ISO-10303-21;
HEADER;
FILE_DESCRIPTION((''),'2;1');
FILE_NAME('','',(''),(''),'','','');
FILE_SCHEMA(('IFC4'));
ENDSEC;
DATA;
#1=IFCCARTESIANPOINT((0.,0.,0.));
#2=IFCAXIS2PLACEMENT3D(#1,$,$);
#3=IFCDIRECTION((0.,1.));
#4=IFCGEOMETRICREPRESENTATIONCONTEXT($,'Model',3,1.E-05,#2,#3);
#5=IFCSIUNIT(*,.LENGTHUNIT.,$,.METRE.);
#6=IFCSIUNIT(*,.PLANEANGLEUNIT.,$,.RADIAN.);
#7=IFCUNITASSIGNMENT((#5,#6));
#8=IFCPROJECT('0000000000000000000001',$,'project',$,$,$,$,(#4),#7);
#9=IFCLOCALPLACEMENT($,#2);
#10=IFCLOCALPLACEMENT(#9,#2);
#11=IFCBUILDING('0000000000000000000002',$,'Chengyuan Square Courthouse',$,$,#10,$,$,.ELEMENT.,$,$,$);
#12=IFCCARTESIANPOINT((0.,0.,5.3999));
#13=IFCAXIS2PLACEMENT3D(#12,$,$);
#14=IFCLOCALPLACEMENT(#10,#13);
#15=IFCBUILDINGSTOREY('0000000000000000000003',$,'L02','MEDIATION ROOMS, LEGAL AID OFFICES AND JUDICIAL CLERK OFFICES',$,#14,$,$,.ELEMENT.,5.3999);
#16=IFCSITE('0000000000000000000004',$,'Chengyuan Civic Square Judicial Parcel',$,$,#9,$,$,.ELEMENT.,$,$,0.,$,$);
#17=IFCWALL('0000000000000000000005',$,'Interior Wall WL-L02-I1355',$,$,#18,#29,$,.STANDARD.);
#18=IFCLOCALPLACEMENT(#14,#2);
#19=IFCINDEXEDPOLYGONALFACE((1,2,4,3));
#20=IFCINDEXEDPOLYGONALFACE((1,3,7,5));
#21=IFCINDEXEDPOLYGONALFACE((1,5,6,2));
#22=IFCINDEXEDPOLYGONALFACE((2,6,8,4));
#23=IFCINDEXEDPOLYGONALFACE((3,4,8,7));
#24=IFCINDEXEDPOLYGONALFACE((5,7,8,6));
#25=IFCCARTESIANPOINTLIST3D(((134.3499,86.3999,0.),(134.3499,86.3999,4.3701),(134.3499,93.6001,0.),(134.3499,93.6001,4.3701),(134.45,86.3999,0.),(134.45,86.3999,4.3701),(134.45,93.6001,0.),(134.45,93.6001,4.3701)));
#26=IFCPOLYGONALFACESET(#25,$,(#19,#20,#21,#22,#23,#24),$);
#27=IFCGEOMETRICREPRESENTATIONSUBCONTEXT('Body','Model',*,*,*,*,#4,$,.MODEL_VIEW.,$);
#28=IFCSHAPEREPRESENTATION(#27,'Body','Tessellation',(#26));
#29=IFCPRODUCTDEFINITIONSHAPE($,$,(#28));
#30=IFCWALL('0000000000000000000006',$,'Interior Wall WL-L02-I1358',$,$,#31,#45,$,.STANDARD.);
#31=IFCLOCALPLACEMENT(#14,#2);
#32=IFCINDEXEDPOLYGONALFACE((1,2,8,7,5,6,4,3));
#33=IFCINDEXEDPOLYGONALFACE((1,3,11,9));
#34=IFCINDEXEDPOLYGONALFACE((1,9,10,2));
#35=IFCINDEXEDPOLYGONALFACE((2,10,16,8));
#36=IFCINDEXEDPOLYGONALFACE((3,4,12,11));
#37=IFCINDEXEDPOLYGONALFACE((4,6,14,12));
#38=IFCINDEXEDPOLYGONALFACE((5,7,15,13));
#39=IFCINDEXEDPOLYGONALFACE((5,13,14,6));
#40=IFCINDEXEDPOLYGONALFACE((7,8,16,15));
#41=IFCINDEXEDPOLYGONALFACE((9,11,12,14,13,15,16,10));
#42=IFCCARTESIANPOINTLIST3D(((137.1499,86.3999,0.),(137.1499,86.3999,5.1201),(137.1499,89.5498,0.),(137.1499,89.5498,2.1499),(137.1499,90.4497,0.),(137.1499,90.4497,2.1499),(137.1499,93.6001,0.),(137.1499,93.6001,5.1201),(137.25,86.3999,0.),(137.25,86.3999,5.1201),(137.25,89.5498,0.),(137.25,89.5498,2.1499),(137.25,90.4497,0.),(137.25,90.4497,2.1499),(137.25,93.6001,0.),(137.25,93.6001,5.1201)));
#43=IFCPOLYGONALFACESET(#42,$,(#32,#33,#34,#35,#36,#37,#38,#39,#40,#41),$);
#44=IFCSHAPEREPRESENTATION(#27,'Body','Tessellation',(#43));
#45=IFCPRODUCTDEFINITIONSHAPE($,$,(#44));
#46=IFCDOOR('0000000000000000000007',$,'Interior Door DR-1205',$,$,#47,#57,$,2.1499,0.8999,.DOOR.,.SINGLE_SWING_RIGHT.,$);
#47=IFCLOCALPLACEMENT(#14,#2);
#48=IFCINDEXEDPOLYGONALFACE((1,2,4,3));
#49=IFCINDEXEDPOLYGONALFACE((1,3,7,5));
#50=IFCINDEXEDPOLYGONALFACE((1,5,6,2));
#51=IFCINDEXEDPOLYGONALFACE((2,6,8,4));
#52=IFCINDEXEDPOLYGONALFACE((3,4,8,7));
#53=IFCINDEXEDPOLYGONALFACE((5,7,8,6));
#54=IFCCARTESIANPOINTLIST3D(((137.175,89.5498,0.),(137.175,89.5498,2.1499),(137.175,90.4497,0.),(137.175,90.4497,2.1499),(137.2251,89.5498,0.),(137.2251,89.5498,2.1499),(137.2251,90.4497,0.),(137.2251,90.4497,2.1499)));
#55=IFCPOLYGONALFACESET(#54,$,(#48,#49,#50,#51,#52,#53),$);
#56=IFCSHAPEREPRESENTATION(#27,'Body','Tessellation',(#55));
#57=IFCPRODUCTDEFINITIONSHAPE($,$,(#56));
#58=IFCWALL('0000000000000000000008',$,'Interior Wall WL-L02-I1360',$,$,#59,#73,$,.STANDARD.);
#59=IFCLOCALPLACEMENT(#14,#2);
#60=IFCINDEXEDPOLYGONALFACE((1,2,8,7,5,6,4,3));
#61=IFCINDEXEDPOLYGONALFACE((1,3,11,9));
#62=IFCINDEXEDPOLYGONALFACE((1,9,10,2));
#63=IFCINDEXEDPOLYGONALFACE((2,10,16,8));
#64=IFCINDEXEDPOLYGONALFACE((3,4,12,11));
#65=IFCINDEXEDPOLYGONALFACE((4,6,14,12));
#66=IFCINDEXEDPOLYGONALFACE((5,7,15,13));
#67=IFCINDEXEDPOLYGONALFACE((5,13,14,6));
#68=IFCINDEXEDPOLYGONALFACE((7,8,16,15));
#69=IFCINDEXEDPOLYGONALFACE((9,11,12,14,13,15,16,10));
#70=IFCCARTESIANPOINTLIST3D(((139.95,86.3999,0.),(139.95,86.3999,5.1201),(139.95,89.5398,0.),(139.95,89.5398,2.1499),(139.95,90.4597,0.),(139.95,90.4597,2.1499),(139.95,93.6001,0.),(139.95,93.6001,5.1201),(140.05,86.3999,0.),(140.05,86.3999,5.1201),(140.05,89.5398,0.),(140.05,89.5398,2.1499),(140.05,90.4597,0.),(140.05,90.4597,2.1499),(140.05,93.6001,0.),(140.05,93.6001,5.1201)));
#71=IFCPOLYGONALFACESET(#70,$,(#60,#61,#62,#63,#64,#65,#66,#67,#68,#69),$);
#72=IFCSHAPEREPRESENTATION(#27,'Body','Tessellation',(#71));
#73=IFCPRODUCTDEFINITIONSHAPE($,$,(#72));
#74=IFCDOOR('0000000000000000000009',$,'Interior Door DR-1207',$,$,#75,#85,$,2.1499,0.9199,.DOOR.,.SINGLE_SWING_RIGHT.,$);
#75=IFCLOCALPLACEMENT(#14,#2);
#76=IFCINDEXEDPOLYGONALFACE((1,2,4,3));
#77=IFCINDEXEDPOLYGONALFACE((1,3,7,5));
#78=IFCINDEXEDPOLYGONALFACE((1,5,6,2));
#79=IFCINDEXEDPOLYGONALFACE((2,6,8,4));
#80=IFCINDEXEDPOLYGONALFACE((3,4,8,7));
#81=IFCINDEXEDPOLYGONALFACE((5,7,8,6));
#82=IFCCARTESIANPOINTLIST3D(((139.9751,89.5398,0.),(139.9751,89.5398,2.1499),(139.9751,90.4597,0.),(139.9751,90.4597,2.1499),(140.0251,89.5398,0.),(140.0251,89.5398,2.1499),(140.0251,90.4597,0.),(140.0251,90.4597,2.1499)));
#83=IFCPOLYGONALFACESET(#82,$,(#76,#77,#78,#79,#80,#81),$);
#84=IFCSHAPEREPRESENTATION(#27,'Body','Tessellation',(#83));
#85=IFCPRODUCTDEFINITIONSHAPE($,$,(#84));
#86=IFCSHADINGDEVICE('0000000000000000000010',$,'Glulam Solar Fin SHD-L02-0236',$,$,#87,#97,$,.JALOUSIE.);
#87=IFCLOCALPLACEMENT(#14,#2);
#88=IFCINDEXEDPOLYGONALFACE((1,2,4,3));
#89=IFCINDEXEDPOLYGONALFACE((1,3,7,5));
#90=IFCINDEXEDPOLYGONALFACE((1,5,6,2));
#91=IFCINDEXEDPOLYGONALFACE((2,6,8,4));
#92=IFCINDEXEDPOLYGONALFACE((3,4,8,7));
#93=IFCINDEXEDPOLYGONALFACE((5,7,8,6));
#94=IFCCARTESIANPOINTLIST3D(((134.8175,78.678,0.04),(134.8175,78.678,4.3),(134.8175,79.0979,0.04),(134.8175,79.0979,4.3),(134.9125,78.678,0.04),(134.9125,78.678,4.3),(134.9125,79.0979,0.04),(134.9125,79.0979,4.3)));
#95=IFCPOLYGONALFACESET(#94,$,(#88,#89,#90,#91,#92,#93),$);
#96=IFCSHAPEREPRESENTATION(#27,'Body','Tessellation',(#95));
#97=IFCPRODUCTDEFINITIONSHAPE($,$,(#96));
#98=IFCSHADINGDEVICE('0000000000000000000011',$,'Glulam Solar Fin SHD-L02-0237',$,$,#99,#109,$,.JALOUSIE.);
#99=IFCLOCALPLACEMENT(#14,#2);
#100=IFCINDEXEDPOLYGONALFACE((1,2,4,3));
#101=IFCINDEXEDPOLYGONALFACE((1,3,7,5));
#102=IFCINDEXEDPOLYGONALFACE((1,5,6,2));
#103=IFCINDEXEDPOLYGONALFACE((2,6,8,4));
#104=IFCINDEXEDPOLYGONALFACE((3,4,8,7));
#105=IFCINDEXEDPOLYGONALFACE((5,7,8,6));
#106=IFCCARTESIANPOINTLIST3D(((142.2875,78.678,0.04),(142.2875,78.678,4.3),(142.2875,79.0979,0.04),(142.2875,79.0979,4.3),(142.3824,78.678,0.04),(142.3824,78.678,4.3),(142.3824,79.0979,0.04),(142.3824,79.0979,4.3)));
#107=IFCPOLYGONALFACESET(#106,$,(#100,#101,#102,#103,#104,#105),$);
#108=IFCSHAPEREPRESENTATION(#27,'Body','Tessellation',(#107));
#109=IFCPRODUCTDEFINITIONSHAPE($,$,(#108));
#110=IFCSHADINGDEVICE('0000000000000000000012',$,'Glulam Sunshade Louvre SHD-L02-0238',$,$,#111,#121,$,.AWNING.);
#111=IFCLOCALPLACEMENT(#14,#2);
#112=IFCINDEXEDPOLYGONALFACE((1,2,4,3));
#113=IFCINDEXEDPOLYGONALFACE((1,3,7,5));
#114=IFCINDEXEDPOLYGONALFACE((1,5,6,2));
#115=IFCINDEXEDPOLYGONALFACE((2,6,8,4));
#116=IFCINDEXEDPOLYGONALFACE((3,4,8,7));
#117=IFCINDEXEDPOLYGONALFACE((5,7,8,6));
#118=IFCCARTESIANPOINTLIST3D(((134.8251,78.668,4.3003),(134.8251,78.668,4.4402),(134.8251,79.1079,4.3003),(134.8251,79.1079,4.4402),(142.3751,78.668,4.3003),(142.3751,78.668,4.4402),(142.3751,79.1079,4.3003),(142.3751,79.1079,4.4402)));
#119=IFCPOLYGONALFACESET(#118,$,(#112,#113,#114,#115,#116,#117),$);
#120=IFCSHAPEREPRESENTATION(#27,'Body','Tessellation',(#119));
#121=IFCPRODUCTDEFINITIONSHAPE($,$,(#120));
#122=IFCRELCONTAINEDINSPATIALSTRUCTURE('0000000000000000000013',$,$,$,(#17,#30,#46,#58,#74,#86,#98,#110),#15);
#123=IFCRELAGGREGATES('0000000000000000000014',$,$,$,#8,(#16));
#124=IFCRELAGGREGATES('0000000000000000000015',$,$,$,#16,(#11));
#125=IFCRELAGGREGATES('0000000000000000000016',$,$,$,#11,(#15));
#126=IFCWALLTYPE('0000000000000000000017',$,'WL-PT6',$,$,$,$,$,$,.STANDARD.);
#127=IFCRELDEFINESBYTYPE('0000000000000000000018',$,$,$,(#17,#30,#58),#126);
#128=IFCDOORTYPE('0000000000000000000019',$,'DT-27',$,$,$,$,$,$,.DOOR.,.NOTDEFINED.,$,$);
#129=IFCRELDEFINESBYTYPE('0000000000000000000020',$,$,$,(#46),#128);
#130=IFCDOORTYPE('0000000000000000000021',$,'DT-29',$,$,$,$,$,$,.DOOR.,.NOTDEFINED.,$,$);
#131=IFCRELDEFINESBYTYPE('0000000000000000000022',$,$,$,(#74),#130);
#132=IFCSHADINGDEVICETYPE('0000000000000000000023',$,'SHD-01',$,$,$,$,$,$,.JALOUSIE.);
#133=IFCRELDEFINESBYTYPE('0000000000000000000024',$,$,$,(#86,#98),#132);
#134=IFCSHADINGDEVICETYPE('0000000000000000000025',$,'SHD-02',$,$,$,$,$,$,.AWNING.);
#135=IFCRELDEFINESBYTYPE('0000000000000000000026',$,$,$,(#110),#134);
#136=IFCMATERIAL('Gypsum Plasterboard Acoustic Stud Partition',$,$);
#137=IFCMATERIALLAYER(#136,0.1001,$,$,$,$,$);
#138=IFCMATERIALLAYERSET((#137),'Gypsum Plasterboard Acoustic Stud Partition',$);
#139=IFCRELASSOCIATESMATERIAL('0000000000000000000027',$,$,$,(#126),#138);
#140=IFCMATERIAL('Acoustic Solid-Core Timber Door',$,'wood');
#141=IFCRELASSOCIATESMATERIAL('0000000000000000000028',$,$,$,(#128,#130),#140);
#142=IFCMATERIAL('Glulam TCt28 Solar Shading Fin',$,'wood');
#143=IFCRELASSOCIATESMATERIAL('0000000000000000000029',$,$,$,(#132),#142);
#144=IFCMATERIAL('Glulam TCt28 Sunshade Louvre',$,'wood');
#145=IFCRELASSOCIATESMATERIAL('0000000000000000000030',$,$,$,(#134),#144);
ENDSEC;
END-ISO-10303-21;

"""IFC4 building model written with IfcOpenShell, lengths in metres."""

from ifc_helpers import new_model, si_unit, direction, frame, frame_2d, origin, origin_2d, place, context, subcontext, project, spatial, rectangle, extrude, material, layer, layer_set, type_object, element, fill, save


model = new_model("IFC4")

# Units and contexts
model_context = context("Model", 3, precision=1e-05, world=origin(), true_north=direction((0.0, 1.0)))
body_context = subcontext(model_context, "Body", "Model", "MODEL_VIEW")
ifc_project = project(units=[si_unit("LENGTHUNIT", "METRE"), si_unit("PLANEANGLEUNIT", "RADIAN")], contexts=[model_context])

# Site, building, storey
site_placement = place(None, origin())
site = spatial("IfcSite", under=ifc_project, at=site_placement, Name="Chengyuan Civic Square Judicial Parcel", CompositionType="ELEMENT", RefElevation=0.0)
building_placement = place(site_placement, origin())
building = spatial("IfcBuilding", under=site, at=building_placement, Name="Chengyuan Square Courthouse", CompositionType="ELEMENT")
storey_placement = place(building_placement, frame((0.0, 0.0, 5.3999)))
storey = spatial("IfcBuildingStorey", under=building, at=storey_placement, Name="L02", Description="MEDIATION ROOMS, LEGAL AID OFFICES AND JUDICIAL CLERK OFFICES", CompositionType="ELEMENT", Elevation=5.3999)

# Wall
ifc_material_1 = material(Name="Gypsum Plasterboard Acoustic Stud Partition")
ifc_layer_1 = layer(ifc_material_1, 0.1001)
ifc_layer_set_1 = layer_set([ifc_layer_1], Name="Gypsum Plasterboard Acoustic Stud Partition")
wall_type_1 = type_object("IfcWallType", Name="WL-PT6", PredefinedType="STANDARD", material=ifc_layer_set_1)
wall_1_placement = place(storey_placement, frame((134.3999, 86.3999, 0.0), z_axis=(0.0, 0.0, 1.0), x_axis=(0.0, 1.0, 0.0)))
element("IfcWall", 1, at=wall_1_placement, inside=storey, type_object=wall_type_1, Name="Interior Wall WL-L02-I1355", PredefinedType="STANDARD", context=body_context, shape_type="SweptSolid", body=[
    extrude(rectangle(XDim=7.2002, YDim=0.1001, at=frame_2d((3.6001, 0.0))), origin(), (0.0, 0.0, 1.0), 4.3701),
])

# Walls, openings, doors
wall_2_placement = place(storey_placement, frame((137.2, 86.3999, 0.0), z_axis=(0.0, 0.0, 1.0), x_axis=(0.0, 1.0, 0.0)))
wall_2 = element("IfcWall", 2, at=wall_2_placement, inside=storey, type_object=wall_type_1, Name="Interior Wall WL-L02-I1358", PredefinedType="STANDARD", context=body_context, shape_type="SweptSolid", body=[
    extrude(rectangle(XDim=7.2002, YDim=0.1001, at=frame_2d((3.6001, 0.0))), origin(), (0.0, 0.0, 1.0), 5.1201),
])
opening_1_placement = place(wall_2_placement, frame((3.1499, 0.0, 0.0)))
opening_1 = element("IfcOpeningElement", 3, at=opening_1_placement, cuts=wall_2, PredefinedType="OPENING", context=body_context, shape_type="SweptSolid", body=[
    extrude(rectangle(XDim=0.8999, YDim=2.1499, at=frame_2d((0.45, 1.075))), frame((0.0, 0.062, 0.0), z_axis=(0.0, -1.0, 0.0), x_axis=(1.0, 0.0, 0.0)), (0.0, 0.0, 1.0), 0.124),
])
ifc_material_2 = material(Name="Acoustic Solid-Core Timber Door", Category="wood")
door_type_1 = type_object("IfcDoorType", Name="DT-27", OperationType="NOTDEFINED", PredefinedType="DOOR", material=ifc_material_2)
door_1_placement = place(opening_1_placement, origin())
door_1 = element("IfcDoor", 4, at=door_1_placement, inside=storey, type_object=door_type_1, Name="Interior Door DR-1205", OperationType="SINGLE_SWING_RIGHT", OverallHeight=2.1499, OverallWidth=0.8999, PredefinedType="DOOR", context=body_context, shape_type="SweptSolid", body=[
    extrude(rectangle(XDim=0.8999, YDim=2.1499, at=frame_2d((0.45, 1.075))), frame((0.0, 0.0249, 0.0), z_axis=(0.0, -1.0, 0.0), x_axis=(1.0, 0.0, 0.0)), (0.0, 0.0, 1.0), 0.05),
])
fill(opening_1, door_1)
wall_3_placement = place(storey_placement, frame((140.0, 86.3999, 0.0), z_axis=(0.0, 0.0, 1.0), x_axis=(0.0, 1.0, 0.0)))
wall_3 = element("IfcWall", 5, at=wall_3_placement, inside=storey, type_object=wall_type_1, Name="Interior Wall WL-L02-I1360", PredefinedType="STANDARD", context=body_context, shape_type="SweptSolid", body=[
    extrude(rectangle(XDim=7.2002, YDim=0.1001, at=frame_2d((3.6001, 0.0))), origin(), (0.0, 0.0, 1.0), 5.1201),
])
opening_2_placement = place(wall_3_placement, frame((3.1399, 0.0, 0.0)))
opening_2 = element("IfcOpeningElement", 6, at=opening_2_placement, cuts=wall_3, PredefinedType="OPENING", context=body_context, shape_type="SweptSolid", body=[
    extrude(rectangle(XDim=0.9199, YDim=2.1499, at=frame_2d((0.46, 1.075))), frame((0.0, 0.062, 0.0), z_axis=(0.0, -1.0, 0.0), x_axis=(1.0, 0.0, 0.0)), (0.0, 0.0, 1.0), 0.124),
])
door_type_2 = type_object("IfcDoorType", Name="DT-29", OperationType="NOTDEFINED", PredefinedType="DOOR", material=ifc_material_2)
door_2_placement = place(opening_2_placement, origin())
door_2 = element("IfcDoor", 7, at=door_2_placement, inside=storey, type_object=door_type_2, Name="Interior Door DR-1207", OperationType="SINGLE_SWING_RIGHT", OverallHeight=2.1499, OverallWidth=0.9199, PredefinedType="DOOR", context=body_context, shape_type="SweptSolid", body=[
    extrude(rectangle(XDim=0.9199, YDim=2.1499, at=frame_2d((0.46, 1.075))), frame((0.0, 0.0249, 0.0), z_axis=(0.0, -1.0, 0.0), x_axis=(1.0, 0.0, 0.0)), (0.0, 0.0, 1.0), 0.05),
])
fill(opening_2, door_2)

# Shading devices
ifc_material_3 = material(Name="Glulam TCt28 Solar Shading Fin", Category="wood")
shading_device_type_1 = type_object("IfcShadingDeviceType", Name="SHD-01", PredefinedType="JALOUSIE", material=ifc_material_3)
for number, where, z_axis, x_axis, name in (
    (8, (134.865, 78.8879, 0.04), (0.0, 0.0, 1.0), (0.0, 1.0, 0.0), "Glulam Solar Fin SHD-L02-0236"),
    (9, (142.335, 78.8879, 0.04), (0.0, 0.0, 1.0), (0.0, 1.0, 0.0), "Glulam Solar Fin SHD-L02-0237"),
):
    element("IfcShadingDevice", number, at=place(storey_placement, frame(where, z_axis=z_axis, x_axis=x_axis)), inside=storey, type_object=shading_device_type_1, Name=name, PredefinedType="JALOUSIE", context=body_context, shape_type="SweptSolid", body=[
        extrude(rectangle(XDim=0.4199, YDim=0.095, at=origin_2d()), origin(), (0.0, 0.0, 1.0), 4.26),
    ])
ifc_material_4 = material(Name="Glulam TCt28 Sunshade Louvre", Category="wood")
shading_device_type_2 = type_object("IfcShadingDeviceType", Name="SHD-02", PredefinedType="AWNING", material=ifc_material_4)
shading_device_placement = place(storey_placement, frame((138.6001, 78.8879, 4.3003), z_axis=(0.0, 0.0, 1.0), x_axis=(1.0, 0.0, 0.0)))
element("IfcShadingDevice", 10, at=shading_device_placement, inside=storey, type_object=shading_device_type_2, Name="Glulam Sunshade Louvre SHD-L02-0238", PredefinedType="AWNING", context=body_context, shape_type="SweptSolid", body=[
    extrude(rectangle(XDim=7.55, YDim=0.4399, at=origin_2d()), origin(), (0.0, 0.0, 1.0), 0.1399),
])

save(model, "model.ifc")
